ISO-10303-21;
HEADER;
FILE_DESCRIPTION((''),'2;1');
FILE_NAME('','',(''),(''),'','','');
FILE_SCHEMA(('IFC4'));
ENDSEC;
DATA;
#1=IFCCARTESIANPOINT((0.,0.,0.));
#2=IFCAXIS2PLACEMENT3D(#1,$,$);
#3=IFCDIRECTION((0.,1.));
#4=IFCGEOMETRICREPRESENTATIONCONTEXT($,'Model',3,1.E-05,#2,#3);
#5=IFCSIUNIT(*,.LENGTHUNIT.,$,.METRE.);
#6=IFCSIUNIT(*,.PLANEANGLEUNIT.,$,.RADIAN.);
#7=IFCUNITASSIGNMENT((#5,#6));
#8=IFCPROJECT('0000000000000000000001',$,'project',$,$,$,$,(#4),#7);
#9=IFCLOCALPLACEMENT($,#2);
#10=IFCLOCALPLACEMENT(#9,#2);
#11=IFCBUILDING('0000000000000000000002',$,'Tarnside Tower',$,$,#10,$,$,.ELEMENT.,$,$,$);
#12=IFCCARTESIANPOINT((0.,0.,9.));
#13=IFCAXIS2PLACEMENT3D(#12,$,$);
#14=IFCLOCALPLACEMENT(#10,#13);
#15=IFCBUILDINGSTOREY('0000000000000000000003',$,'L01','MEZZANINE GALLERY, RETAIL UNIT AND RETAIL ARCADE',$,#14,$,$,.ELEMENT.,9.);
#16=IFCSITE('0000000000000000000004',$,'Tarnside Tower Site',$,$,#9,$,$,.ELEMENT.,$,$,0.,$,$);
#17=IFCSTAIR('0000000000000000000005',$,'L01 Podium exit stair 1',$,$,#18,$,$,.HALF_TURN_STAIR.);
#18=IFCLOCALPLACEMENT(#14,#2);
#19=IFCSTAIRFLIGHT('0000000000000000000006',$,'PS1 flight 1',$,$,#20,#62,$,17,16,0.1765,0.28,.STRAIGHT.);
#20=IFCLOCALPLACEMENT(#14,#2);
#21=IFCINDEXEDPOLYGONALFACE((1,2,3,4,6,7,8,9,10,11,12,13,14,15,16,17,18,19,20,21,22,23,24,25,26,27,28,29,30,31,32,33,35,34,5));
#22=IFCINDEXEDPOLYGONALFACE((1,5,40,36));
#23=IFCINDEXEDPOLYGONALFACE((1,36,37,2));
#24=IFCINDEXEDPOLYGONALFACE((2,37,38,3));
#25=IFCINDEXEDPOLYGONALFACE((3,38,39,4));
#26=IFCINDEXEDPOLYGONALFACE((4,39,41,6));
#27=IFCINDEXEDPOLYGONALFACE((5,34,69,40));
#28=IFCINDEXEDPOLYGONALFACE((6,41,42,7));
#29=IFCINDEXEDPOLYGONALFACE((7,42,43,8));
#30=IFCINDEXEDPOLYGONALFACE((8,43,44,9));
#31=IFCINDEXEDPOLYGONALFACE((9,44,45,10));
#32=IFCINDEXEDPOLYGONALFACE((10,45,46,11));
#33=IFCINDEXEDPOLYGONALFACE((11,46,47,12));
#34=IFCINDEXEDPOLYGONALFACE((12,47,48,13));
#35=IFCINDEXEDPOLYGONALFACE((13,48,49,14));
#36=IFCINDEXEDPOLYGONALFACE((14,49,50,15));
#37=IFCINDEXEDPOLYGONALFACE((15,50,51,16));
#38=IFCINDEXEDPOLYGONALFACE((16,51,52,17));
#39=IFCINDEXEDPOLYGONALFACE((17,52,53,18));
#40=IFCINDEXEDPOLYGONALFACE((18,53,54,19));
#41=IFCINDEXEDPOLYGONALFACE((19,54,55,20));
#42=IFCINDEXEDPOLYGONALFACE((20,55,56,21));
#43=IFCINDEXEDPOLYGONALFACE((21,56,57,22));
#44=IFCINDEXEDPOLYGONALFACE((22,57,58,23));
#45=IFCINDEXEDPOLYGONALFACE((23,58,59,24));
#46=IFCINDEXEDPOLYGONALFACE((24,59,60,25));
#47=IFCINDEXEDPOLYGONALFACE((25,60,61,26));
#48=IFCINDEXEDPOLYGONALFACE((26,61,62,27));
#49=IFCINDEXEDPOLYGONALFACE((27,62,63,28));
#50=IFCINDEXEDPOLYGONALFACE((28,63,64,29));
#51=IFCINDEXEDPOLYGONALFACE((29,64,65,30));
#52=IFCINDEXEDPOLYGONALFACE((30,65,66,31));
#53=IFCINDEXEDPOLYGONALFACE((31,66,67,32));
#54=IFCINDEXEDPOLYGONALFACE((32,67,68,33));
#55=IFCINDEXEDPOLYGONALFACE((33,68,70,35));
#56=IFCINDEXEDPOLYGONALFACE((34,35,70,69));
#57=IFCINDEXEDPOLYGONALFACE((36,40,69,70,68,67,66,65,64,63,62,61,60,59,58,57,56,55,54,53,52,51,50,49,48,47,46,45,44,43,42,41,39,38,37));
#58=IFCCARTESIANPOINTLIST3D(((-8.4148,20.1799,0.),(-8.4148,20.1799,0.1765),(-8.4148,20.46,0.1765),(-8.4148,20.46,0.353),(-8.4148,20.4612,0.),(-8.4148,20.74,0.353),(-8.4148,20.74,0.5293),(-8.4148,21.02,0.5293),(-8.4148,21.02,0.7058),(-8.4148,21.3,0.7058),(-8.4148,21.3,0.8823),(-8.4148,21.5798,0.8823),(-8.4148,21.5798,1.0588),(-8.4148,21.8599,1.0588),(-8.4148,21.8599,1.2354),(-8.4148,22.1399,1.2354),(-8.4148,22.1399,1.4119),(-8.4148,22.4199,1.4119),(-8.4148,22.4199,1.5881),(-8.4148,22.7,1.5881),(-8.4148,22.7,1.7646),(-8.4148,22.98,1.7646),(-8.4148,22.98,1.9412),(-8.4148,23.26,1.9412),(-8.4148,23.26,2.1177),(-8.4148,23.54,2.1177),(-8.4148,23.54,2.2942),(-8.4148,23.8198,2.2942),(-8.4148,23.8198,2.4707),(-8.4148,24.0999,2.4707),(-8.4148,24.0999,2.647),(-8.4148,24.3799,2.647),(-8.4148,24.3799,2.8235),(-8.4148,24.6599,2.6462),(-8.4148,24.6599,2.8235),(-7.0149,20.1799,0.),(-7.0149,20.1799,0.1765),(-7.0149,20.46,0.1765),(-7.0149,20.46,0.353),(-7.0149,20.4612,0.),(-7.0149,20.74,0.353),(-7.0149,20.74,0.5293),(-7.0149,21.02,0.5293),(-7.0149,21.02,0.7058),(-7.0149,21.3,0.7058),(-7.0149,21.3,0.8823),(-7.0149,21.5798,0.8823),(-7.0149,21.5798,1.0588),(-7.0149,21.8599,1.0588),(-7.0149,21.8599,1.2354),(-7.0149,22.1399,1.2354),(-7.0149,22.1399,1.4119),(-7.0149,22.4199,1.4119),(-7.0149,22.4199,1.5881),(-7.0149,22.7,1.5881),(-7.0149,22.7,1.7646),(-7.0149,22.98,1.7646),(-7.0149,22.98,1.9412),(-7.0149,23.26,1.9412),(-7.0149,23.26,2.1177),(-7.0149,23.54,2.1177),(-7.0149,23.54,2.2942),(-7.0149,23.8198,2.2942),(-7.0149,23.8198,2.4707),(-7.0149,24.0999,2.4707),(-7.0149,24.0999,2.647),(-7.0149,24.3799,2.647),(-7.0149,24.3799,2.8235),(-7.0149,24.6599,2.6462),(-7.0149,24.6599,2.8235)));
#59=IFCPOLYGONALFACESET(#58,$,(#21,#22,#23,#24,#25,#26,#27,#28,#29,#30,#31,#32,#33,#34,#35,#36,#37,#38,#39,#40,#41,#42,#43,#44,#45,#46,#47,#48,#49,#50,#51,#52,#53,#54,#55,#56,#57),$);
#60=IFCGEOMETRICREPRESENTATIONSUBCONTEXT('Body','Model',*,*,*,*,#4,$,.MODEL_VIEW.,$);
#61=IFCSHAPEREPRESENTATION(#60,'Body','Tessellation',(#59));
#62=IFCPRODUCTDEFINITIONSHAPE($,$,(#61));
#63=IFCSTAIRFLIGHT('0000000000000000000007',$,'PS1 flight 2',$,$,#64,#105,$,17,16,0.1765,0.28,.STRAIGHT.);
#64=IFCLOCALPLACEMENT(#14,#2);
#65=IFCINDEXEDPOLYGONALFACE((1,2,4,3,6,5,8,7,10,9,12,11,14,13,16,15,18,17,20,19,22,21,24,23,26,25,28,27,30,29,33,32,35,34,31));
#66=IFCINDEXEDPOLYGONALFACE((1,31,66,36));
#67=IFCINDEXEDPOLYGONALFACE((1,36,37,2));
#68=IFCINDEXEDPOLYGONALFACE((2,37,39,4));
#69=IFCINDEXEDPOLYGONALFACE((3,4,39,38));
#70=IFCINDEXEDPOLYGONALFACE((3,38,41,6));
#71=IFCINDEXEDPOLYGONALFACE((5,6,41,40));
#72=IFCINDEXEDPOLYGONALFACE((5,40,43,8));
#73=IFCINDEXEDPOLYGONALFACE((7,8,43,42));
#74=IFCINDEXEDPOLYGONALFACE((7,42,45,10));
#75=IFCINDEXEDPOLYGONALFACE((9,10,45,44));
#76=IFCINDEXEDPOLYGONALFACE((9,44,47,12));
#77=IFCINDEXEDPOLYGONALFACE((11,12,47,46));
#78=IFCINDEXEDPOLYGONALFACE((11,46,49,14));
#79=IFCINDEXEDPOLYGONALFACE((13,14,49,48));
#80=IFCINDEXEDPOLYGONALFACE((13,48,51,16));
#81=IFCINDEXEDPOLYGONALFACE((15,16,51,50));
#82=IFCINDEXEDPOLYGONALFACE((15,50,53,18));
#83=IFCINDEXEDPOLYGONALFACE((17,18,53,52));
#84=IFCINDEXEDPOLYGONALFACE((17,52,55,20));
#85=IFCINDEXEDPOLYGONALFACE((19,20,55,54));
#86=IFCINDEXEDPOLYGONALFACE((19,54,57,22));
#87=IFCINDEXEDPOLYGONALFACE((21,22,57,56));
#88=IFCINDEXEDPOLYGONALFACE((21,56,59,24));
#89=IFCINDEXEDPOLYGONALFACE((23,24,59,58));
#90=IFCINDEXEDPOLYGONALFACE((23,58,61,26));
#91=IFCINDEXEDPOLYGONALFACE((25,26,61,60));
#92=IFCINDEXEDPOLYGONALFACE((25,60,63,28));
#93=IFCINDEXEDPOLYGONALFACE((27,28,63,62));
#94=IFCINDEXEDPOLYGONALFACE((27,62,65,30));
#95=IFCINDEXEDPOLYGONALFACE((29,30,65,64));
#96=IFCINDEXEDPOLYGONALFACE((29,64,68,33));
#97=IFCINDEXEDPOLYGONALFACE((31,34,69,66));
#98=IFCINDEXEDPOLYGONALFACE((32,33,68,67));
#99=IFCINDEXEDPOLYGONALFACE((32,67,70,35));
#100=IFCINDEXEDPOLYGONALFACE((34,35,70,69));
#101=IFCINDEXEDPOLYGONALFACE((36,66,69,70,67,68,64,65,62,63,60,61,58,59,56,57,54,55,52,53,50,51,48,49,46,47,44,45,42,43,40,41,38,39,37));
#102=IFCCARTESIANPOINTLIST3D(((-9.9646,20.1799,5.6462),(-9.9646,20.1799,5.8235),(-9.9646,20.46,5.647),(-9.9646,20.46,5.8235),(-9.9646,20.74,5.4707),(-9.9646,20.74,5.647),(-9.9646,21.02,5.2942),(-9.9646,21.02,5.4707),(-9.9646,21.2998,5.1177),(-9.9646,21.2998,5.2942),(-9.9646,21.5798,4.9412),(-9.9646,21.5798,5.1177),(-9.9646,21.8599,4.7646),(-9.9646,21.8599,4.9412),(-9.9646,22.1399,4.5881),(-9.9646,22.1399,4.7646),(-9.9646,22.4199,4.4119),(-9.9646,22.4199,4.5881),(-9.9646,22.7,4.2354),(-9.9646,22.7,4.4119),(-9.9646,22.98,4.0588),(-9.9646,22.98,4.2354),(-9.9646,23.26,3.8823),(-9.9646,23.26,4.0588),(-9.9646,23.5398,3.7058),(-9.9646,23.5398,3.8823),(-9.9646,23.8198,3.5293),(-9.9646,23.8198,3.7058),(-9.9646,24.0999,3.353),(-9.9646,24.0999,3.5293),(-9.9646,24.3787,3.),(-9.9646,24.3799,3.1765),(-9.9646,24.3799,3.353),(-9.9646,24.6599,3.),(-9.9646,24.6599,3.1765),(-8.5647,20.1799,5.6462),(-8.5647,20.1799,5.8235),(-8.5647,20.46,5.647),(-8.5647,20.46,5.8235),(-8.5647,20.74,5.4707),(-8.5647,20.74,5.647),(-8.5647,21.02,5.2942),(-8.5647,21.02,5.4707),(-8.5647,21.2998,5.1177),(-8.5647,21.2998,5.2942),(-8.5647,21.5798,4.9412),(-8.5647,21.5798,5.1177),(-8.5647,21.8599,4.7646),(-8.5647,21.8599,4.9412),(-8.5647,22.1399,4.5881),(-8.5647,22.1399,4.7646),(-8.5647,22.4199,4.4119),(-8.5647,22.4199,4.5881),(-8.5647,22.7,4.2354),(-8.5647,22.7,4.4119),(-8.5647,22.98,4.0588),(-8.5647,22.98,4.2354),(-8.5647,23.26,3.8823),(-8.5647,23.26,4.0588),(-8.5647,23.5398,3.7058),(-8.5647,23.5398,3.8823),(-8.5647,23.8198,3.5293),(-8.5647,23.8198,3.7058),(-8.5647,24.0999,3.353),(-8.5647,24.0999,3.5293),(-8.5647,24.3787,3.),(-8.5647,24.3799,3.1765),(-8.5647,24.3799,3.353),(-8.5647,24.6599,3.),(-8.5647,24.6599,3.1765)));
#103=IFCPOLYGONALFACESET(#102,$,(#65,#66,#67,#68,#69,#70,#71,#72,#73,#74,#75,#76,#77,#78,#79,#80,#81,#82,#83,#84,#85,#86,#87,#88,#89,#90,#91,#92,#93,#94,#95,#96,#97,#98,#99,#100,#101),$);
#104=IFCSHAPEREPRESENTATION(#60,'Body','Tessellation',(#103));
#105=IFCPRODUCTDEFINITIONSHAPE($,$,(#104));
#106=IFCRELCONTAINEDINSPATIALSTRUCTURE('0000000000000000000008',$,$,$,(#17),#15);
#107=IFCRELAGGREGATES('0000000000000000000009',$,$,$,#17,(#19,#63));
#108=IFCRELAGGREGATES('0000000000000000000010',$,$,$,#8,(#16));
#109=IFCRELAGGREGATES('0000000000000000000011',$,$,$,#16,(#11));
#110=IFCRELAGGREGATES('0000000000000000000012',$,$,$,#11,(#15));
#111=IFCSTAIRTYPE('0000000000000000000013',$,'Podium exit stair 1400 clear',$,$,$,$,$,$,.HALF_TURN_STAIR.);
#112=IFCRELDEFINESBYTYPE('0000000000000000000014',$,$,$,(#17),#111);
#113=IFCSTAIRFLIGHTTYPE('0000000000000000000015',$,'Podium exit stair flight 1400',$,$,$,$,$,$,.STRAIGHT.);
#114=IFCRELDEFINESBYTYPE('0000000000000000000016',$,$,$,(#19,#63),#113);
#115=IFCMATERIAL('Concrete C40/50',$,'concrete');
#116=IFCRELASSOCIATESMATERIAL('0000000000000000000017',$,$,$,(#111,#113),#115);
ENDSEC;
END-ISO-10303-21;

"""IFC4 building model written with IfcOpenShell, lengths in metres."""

from ifc_helpers import new_model, si_unit, direction, frame, origin, place, context, subcontext, project, spatial, polyline, outline, extrude, material, type_object, element, aggregate, save


model = new_model("IFC4")

# Units and contexts
model_context = context("Model", 3, precision=1e-05, world=origin(), true_north=direction((0.0, 1.0)))
body_context = subcontext(model_context, "Body", "Model", "MODEL_VIEW")
ifc_project = project(units=[si_unit("LENGTHUNIT", "METRE"), si_unit("PLANEANGLEUNIT", "RADIAN")], contexts=[model_context])

# Site, building, storey
site_placement = place(None, origin())
site = spatial("IfcSite", under=ifc_project, at=site_placement, Name="Tarnside Tower Site", CompositionType="ELEMENT", RefElevation=0.0)
building_placement = place(site_placement, origin())
building = spatial("IfcBuilding", under=site, at=building_placement, Name="Tarnside Tower", CompositionType="ELEMENT")
storey_placement = place(building_placement, frame((0.0, 0.0, 9.0)))
storey = spatial("IfcBuildingStorey", under=building, at=storey_placement, Name="L01", Description="MEZZANINE GALLERY, RETAIL UNIT AND RETAIL ARCADE", CompositionType="ELEMENT", Elevation=9.0)

# Stair, stair flights
ifc_material_1 = material(Name="Concrete C40/50", Category="concrete")
stair_type = type_object("IfcStairType", Name="Podium exit stair 1400 clear", PredefinedType="HALF_TURN_STAIR", material=ifc_material_1)
stair_placement = place(storey_placement, origin())
stair = element("IfcStair", 1, at=stair_placement, inside=storey, type_object=stair_type, Name="L01 Podium exit stair 1", PredefinedType="HALF_TURN_STAIR")
stair_flight_type = type_object("IfcStairFlightType", Name="Podium exit stair flight 1400", PredefinedType="STRAIGHT", material=ifc_material_1)
stair_flight_1_placement = place(storey_placement, frame((-7.7148, 20.1799, 0.0), z_axis=(0.0, 0.0, 1.0), x_axis=(0.0, 1.0, 0.0)))
stair_flight_1 = element("IfcStairFlight", 2, at=stair_flight_1_placement, type_object=stair_flight_type, Name="PS1 flight 1", NumberOfRisers=17, NumberOfTreads=16, PredefinedType="STRAIGHT", RiserHeight=0.1765, TreadLength=0.28, context=body_context, shape_type="SweptSolid", body=[
    extrude(outline(polyline([(0.0, 0.0), (0.0, 0.1765), (0.28, 0.1765), (0.28, 0.353), (0.5601, 0.353), (0.5601, 0.5293), (0.8401, 0.5293), (0.8401, 0.7058), (1.1201, 0.7058), (1.1201, 0.8823), (1.3999, 0.8823), (1.3999, 1.0588), (1.6799, 1.0588), (1.6799, 1.2354), (1.96, 1.2354), (1.96, 1.4119), (2.24, 1.4119), (2.24, 1.5881), (2.52, 1.5881), (2.52, 1.7646), (2.8, 1.7646), (2.8, 1.9412), (3.0801, 1.9412), (3.0801, 2.1177), (3.3601, 2.1177), (3.3601, 2.2942), (3.6399, 2.2942), (3.6399, 2.4707), (3.9199, 2.4707), (3.9199, 2.647), (4.2, 2.647), (4.2, 2.8235), (4.48, 2.8235), (4.48, 3.0), (4.48, 2.6462), (0.2812, 0.0), (0.0, 0.0)])), frame((0.0, 0.7, 0.0), z_axis=(0.0, -1.0, 0.0), x_axis=(1.0, 0.0, 0.0)), (0.0, 0.0, 1.0), 1.3999),
])
stair_flight_2_placement = place(storey_placement, frame((-9.2646, 24.6599, 3.0), z_axis=(0.0, 0.0, 1.0), x_axis=(0.0, -1.0, 0.0)))
stair_flight_2 = element("IfcStairFlight", 3, at=stair_flight_2_placement, type_object=stair_flight_type, Name="PS1 flight 2", NumberOfRisers=17, NumberOfTreads=16, PredefinedType="STRAIGHT", RiserHeight=0.1765, TreadLength=0.28, context=body_context, shape_type="SweptSolid", body=[
    extrude(outline(polyline([(0.0, 0.0), (0.0, 0.1765), (0.28, 0.1765), (0.28, 0.353), (0.5601, 0.353), (0.5601, 0.5293), (0.8401, 0.5293), (0.8401, 0.7058), (1.1201, 0.7058), (1.1201, 0.8823), (1.3999, 0.8823), (1.3999, 1.0588), (1.6799, 1.0588), (1.6799, 1.2354), (1.96, 1.2354), (1.96, 1.4119), (2.24, 1.4119), (2.24, 1.5881), (2.52, 1.5881), (2.52, 1.7646), (2.8, 1.7646), (2.8, 1.9412), (3.0801, 1.9412), (3.0801, 2.1177), (3.3601, 2.1177), (3.3601, 2.2942), (3.6399, 2.2942), (3.6399, 2.4707), (3.9199, 2.4707), (3.9199, 2.647), (4.2, 2.647), (4.2, 2.8235), (4.48, 2.8235), (4.48, 3.0), (4.48, 2.6462), (0.2812, 0.0), (0.0, 0.0)])), frame((0.0, 0.7, 0.0), z_axis=(0.0, -1.0, 0.0), x_axis=(1.0, 0.0, 0.0)), (0.0, 0.0, 1.0), 1.3999),
])
aggregate(stair, [stair_flight_1, stair_flight_2])

save(model, "model.ifc")
